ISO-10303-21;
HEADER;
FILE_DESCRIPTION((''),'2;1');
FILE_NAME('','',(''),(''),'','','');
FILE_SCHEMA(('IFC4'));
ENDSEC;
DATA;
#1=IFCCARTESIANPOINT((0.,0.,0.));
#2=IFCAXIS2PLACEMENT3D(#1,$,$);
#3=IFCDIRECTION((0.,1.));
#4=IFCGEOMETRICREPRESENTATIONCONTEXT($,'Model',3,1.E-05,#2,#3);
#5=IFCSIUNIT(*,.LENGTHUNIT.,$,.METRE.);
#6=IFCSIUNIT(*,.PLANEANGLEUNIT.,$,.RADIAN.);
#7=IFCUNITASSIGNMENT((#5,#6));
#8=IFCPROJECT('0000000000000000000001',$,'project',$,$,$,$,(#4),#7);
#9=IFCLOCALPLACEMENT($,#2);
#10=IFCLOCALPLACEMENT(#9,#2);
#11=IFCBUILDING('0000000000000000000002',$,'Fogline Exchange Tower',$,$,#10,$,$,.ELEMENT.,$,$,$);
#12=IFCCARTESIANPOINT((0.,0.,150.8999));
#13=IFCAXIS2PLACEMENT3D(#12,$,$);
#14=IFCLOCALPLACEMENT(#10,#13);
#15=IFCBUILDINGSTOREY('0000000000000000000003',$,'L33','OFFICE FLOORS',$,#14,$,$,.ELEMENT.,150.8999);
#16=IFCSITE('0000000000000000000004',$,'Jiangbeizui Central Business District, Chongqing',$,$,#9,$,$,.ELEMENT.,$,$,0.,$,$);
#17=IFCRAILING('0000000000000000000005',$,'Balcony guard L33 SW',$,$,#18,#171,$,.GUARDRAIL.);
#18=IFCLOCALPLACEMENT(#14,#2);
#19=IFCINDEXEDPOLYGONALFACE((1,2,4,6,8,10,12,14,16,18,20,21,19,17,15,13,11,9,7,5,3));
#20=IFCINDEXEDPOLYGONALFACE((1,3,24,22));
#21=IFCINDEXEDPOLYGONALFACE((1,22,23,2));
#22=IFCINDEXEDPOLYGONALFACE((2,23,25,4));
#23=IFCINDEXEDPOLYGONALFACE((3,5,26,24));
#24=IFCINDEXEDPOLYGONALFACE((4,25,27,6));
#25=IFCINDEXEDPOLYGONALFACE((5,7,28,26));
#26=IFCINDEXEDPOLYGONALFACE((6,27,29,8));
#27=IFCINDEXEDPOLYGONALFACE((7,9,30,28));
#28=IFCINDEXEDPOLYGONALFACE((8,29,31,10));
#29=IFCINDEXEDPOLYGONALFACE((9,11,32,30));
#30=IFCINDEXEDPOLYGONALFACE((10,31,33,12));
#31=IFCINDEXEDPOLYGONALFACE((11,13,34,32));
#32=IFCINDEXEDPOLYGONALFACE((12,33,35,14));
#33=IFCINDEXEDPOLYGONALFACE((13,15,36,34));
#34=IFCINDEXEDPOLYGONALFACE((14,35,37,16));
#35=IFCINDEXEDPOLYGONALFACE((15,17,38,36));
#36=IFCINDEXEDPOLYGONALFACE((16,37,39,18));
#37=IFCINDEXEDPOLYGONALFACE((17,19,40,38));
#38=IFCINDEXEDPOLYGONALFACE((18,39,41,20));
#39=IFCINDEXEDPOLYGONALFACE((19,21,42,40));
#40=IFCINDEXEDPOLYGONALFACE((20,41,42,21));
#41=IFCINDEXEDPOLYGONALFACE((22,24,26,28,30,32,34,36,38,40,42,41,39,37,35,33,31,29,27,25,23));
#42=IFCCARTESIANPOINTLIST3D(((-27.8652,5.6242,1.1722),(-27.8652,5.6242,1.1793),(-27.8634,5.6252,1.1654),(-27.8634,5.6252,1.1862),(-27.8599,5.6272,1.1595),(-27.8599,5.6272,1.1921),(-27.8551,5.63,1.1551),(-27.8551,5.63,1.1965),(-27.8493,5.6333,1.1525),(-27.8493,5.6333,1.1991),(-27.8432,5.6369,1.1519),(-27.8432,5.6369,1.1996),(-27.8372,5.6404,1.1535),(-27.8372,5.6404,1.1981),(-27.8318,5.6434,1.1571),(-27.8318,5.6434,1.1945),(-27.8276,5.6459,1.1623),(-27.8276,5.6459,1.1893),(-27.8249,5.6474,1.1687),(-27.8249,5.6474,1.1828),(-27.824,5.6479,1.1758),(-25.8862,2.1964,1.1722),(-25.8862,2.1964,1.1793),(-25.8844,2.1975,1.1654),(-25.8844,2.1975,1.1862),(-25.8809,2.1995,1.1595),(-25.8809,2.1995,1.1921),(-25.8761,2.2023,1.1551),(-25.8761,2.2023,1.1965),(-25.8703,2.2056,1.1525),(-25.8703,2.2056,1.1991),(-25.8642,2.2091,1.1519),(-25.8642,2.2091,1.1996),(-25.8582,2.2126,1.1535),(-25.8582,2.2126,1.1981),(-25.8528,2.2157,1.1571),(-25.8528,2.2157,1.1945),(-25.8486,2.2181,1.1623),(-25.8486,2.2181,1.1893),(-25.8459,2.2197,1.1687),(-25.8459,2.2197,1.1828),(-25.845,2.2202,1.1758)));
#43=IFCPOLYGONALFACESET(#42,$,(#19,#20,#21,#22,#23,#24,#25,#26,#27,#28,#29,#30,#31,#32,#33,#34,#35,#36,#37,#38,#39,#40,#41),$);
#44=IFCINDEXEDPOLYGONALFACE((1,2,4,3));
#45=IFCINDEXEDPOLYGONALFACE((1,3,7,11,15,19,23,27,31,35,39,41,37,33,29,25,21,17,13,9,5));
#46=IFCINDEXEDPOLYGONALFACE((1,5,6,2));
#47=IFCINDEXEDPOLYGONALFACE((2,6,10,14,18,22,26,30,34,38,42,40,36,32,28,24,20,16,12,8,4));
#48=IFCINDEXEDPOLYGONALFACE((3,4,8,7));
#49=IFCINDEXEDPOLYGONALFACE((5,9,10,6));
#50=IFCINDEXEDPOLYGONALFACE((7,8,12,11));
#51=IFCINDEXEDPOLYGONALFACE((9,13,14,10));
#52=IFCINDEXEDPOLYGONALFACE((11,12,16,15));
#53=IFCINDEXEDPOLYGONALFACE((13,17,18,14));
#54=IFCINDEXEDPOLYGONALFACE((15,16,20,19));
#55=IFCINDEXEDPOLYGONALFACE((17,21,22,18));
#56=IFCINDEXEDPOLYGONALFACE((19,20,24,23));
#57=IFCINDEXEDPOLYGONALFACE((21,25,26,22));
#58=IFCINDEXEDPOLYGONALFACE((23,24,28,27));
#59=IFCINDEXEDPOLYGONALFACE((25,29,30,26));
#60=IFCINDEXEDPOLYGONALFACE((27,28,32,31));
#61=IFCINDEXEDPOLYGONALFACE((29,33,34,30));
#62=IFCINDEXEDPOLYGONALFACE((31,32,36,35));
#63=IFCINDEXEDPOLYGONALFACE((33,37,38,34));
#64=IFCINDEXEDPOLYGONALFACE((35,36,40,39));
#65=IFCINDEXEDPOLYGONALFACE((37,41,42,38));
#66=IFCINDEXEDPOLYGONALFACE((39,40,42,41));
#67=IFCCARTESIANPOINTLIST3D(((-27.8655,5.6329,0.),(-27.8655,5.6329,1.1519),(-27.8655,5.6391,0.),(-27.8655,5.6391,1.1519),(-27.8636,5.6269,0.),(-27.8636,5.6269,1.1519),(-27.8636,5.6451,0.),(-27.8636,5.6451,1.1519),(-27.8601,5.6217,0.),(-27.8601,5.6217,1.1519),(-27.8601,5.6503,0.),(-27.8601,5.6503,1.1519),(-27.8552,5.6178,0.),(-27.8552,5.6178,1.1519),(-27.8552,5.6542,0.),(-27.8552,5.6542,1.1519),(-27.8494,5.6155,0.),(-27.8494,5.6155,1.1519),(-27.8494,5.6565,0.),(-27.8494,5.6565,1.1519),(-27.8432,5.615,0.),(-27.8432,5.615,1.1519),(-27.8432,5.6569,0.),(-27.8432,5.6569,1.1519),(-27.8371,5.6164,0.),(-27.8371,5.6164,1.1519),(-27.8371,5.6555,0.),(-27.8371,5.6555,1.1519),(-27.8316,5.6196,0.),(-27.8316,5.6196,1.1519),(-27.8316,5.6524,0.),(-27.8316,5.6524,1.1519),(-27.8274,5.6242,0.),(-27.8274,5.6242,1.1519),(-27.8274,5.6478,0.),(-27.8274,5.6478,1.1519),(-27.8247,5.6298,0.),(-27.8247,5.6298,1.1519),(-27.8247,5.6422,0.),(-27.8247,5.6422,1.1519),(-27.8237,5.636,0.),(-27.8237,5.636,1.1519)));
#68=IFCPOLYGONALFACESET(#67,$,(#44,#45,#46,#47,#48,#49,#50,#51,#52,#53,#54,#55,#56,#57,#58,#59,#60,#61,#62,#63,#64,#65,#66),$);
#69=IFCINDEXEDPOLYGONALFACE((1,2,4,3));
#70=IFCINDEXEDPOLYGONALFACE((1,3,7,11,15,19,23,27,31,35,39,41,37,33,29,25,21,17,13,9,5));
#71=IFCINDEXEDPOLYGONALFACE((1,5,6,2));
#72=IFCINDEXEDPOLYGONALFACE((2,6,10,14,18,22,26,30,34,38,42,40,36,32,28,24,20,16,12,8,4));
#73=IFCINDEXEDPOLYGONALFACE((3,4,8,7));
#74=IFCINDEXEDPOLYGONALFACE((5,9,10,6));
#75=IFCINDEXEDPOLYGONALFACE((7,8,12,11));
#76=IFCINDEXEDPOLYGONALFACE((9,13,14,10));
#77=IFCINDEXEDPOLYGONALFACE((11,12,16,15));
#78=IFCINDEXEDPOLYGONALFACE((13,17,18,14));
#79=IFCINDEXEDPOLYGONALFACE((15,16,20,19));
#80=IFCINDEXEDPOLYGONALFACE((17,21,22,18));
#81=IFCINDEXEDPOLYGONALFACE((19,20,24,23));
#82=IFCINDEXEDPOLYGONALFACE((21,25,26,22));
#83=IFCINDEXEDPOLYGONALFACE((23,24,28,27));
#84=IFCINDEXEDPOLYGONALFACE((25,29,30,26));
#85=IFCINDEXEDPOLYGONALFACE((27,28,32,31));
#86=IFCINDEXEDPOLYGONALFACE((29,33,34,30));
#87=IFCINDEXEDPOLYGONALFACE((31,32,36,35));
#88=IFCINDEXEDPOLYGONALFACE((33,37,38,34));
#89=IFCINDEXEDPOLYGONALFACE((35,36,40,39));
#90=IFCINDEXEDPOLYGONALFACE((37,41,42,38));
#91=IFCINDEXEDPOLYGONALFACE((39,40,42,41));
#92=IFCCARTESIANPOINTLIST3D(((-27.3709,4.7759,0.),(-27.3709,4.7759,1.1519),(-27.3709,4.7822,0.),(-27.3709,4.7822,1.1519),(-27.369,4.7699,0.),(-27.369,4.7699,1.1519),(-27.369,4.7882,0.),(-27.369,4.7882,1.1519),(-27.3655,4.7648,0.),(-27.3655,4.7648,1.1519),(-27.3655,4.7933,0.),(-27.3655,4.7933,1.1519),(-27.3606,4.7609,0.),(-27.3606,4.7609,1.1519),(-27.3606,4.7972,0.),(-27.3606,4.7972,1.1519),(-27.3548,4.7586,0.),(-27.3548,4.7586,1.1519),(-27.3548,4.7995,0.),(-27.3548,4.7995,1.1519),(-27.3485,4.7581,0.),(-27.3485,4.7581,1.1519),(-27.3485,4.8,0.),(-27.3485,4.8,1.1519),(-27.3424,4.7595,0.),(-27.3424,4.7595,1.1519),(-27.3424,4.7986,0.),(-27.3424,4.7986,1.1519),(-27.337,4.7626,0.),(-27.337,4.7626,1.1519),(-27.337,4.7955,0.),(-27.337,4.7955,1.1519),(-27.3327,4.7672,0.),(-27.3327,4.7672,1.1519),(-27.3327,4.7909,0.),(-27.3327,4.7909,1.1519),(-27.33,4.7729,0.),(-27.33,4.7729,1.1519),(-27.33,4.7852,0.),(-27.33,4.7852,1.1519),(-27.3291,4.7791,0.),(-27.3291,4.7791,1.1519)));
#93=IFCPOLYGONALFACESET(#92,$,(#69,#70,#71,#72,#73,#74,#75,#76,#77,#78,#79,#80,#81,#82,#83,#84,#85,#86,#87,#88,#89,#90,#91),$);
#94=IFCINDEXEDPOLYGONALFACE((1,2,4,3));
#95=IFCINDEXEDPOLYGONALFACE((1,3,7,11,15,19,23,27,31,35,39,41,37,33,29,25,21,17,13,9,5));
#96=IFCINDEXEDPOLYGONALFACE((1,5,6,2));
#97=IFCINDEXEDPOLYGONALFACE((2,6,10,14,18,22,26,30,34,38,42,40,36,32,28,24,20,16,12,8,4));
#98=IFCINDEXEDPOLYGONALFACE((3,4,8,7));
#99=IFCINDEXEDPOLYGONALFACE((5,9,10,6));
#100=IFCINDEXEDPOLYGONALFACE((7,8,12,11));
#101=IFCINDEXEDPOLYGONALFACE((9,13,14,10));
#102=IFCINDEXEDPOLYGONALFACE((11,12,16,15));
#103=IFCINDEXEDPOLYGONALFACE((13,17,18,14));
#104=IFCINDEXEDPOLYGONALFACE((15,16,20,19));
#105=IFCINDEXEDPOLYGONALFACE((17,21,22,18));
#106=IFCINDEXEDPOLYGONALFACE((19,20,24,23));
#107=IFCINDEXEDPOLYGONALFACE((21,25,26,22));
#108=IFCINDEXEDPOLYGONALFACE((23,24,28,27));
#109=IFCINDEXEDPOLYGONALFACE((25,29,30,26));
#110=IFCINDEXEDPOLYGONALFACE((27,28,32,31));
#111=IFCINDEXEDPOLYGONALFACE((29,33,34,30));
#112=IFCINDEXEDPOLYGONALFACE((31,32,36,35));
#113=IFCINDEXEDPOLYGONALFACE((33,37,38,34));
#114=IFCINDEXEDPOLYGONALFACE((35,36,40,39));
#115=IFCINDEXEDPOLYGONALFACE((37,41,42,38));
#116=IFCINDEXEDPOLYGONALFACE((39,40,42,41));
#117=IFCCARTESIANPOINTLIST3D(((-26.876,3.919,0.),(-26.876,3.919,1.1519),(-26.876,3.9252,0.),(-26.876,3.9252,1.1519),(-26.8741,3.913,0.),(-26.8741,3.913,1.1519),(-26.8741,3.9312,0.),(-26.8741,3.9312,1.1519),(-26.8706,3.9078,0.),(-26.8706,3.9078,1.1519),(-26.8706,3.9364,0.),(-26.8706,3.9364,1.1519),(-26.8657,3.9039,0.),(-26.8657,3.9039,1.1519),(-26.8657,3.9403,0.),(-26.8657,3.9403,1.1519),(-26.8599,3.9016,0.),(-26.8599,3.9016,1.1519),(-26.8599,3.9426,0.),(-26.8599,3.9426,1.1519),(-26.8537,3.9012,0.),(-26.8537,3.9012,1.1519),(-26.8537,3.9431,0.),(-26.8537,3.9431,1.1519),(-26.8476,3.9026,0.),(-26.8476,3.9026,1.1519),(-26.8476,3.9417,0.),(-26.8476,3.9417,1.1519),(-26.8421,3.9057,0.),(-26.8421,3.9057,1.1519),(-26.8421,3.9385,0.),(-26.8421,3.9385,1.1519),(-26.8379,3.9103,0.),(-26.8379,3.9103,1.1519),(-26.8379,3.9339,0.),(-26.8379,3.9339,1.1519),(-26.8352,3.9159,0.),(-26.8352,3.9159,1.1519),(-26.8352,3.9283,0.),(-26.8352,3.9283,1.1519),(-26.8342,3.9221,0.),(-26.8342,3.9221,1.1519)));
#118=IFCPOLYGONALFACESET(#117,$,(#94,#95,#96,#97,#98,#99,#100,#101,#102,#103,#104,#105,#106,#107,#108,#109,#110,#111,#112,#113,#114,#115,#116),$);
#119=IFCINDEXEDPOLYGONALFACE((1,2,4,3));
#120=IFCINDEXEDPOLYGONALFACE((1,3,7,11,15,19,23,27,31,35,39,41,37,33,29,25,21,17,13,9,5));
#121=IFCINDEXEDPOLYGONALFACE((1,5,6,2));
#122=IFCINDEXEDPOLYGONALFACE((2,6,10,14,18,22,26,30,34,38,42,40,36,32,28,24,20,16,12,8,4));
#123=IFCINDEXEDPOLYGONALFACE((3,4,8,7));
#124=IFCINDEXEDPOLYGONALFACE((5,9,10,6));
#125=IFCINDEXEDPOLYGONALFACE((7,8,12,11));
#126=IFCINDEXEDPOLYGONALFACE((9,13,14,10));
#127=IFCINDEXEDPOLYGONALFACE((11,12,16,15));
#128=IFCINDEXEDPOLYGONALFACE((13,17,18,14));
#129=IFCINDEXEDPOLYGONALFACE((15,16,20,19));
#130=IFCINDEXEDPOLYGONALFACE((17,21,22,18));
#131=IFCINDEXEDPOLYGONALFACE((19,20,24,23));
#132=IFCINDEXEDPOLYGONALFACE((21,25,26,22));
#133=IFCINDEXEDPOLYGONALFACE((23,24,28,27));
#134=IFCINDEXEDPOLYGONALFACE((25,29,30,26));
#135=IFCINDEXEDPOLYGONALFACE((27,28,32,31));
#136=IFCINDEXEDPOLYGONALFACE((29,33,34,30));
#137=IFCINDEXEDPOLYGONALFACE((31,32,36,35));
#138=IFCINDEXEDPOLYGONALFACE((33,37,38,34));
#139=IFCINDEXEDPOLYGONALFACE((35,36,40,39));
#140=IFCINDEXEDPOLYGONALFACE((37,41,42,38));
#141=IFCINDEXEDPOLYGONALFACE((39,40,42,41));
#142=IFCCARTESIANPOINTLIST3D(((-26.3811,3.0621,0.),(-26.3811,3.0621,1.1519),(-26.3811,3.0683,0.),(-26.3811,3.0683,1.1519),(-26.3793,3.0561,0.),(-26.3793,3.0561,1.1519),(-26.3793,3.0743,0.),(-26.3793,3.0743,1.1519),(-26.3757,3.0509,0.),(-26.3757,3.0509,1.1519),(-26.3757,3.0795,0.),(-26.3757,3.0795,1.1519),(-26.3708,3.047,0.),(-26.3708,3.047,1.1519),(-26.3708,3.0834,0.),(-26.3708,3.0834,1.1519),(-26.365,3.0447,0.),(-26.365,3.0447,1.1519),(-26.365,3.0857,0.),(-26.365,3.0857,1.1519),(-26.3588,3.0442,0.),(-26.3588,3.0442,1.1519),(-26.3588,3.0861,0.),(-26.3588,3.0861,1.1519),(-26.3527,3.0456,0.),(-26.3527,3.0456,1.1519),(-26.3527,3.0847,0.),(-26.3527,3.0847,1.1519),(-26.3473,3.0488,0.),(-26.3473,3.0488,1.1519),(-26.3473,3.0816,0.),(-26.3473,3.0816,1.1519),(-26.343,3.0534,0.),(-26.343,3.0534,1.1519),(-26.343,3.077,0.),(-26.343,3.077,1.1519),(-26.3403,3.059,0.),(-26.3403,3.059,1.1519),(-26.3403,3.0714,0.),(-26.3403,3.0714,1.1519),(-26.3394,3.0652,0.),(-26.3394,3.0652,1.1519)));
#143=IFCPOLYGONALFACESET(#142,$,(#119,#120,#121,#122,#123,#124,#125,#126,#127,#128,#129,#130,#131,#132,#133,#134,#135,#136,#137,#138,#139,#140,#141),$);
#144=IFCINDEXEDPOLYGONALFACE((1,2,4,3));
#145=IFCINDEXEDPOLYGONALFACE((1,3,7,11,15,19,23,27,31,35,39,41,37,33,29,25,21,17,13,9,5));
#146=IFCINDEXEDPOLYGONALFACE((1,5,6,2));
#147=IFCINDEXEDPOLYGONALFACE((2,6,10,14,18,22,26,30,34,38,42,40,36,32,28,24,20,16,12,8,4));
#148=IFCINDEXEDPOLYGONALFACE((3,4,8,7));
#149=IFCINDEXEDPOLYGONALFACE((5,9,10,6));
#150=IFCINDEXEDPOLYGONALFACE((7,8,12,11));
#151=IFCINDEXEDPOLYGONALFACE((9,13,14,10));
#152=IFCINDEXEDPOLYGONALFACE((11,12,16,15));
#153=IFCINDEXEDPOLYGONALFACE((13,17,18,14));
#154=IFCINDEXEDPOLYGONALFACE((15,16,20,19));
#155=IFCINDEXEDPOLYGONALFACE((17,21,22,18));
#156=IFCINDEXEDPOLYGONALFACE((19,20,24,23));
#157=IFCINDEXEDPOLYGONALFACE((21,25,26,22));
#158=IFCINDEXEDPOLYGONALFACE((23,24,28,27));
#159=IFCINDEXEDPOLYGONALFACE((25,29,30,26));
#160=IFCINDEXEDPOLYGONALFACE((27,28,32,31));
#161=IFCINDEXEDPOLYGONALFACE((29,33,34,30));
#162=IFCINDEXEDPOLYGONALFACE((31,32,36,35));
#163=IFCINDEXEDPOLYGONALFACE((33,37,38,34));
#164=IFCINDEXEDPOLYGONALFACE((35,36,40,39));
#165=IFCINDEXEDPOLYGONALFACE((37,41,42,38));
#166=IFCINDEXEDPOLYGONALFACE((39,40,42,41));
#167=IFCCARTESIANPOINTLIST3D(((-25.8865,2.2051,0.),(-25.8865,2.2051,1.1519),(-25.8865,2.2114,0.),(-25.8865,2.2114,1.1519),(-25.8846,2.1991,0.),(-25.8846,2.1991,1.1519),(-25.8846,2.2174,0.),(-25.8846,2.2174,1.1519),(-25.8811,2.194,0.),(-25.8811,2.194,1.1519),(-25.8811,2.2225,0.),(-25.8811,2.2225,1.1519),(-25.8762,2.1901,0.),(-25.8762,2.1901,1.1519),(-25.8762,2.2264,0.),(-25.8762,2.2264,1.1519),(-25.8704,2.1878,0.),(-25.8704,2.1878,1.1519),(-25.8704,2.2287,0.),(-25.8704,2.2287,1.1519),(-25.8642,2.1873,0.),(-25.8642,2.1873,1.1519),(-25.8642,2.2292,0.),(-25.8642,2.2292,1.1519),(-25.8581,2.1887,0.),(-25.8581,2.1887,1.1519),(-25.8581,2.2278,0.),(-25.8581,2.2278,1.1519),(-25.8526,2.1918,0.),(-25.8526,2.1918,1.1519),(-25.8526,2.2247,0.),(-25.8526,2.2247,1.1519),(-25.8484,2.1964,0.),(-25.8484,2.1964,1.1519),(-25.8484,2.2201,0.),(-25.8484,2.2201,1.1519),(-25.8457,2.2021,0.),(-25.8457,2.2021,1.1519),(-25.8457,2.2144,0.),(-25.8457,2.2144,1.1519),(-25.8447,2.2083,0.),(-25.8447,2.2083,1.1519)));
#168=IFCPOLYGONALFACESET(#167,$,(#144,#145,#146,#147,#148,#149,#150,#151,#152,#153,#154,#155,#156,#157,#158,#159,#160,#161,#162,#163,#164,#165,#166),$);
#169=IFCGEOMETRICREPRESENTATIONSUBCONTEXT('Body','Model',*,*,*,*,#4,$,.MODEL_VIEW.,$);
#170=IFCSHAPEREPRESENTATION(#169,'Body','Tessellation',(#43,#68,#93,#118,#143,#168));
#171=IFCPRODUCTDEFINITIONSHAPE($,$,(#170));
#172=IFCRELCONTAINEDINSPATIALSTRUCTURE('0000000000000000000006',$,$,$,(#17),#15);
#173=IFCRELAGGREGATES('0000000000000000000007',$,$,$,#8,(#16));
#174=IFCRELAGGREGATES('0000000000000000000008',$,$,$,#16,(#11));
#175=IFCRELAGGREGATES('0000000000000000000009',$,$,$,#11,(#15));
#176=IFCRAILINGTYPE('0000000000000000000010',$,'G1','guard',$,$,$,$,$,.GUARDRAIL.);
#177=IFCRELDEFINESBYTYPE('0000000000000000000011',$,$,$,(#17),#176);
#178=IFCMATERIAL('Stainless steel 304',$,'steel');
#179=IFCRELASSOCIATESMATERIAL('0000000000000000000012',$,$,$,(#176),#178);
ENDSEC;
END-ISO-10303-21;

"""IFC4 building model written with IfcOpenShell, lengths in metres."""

from ifc_helpers import new_model, si_unit, direction, frame, origin, origin_2d, place, context, subcontext, project, spatial, circle, extrude, material, type_object, element, save


model = new_model("IFC4")

# Units and contexts
model_context = context("Model", 3, precision=1e-05, world=origin(), true_north=direction((0.0, 1.0)))
body_context = subcontext(model_context, "Body", "Model", "MODEL_VIEW")
ifc_project = project(units=[si_unit("LENGTHUNIT", "METRE"), si_unit("PLANEANGLEUNIT", "RADIAN")], contexts=[model_context])

# Site, building, storey
site_placement = place(None, origin())
site = spatial("IfcSite", under=ifc_project, at=site_placement, Name="Jiangbeizui Central Business District, Chongqing", CompositionType="ELEMENT", RefElevation=0.0)
building_placement = place(site_placement, origin())
building = spatial("IfcBuilding", under=site, at=building_placement, Name="Fogline Exchange Tower", CompositionType="ELEMENT")
storey_placement = place(building_placement, frame((0.0, 0.0, 150.8999)))
storey = spatial("IfcBuildingStorey", under=building, at=storey_placement, Name="L33", Description="OFFICE FLOORS", CompositionType="ELEMENT", Elevation=150.8999)

# Railing
ifc_material_1 = material(Name="Stainless steel 304", Category="steel")
railing_type = type_object("IfcRailingType", Name="G1", Description="guard", PredefinedType="GUARDRAIL", material=ifc_material_1)
railing_placement = place(storey_placement, frame((-27.8447, 5.636, 0.0)))
element("IfcRailing", 1, at=railing_placement, inside=storey, type_object=railing_type, Name="Balcony guard L33 SW", PredefinedType="GUARDRAIL", context=body_context, shape_type="SweptSolid", body=[
    extrude(circle(Radius=0.0239, at=origin_2d()), frame((0.0, 0.0, 1.1758), z_axis=(0.5, -0.866025, 0.0), x_axis=(0.866025, 0.5, 0.0)), (0.0, 0.0, 1.0), 3.958),
    extrude(circle(Radius=0.021, at=origin_2d()), origin(), (0.0, 0.0, 1.0), 1.1519),
    extrude(circle(Radius=0.021, at=origin_2d()), frame((0.4946, -0.8569, 0.0)), (0.0, 0.0, 1.0), 1.1519),
    extrude(circle(Radius=0.021, at=origin_2d()), frame((0.9895, -1.7139, 0.0)), (0.0, 0.0, 1.0), 1.1519),
    extrude(circle(Radius=0.021, at=origin_2d()), frame((1.4844, -2.5708, 0.0)), (0.0, 0.0, 1.0), 1.1519),
    extrude(circle(Radius=0.021, at=origin_2d()), frame((1.979, -3.4277, 0.0)), (0.0, 0.0, 1.0), 1.1519),
])

save(model, "model.ifc")
